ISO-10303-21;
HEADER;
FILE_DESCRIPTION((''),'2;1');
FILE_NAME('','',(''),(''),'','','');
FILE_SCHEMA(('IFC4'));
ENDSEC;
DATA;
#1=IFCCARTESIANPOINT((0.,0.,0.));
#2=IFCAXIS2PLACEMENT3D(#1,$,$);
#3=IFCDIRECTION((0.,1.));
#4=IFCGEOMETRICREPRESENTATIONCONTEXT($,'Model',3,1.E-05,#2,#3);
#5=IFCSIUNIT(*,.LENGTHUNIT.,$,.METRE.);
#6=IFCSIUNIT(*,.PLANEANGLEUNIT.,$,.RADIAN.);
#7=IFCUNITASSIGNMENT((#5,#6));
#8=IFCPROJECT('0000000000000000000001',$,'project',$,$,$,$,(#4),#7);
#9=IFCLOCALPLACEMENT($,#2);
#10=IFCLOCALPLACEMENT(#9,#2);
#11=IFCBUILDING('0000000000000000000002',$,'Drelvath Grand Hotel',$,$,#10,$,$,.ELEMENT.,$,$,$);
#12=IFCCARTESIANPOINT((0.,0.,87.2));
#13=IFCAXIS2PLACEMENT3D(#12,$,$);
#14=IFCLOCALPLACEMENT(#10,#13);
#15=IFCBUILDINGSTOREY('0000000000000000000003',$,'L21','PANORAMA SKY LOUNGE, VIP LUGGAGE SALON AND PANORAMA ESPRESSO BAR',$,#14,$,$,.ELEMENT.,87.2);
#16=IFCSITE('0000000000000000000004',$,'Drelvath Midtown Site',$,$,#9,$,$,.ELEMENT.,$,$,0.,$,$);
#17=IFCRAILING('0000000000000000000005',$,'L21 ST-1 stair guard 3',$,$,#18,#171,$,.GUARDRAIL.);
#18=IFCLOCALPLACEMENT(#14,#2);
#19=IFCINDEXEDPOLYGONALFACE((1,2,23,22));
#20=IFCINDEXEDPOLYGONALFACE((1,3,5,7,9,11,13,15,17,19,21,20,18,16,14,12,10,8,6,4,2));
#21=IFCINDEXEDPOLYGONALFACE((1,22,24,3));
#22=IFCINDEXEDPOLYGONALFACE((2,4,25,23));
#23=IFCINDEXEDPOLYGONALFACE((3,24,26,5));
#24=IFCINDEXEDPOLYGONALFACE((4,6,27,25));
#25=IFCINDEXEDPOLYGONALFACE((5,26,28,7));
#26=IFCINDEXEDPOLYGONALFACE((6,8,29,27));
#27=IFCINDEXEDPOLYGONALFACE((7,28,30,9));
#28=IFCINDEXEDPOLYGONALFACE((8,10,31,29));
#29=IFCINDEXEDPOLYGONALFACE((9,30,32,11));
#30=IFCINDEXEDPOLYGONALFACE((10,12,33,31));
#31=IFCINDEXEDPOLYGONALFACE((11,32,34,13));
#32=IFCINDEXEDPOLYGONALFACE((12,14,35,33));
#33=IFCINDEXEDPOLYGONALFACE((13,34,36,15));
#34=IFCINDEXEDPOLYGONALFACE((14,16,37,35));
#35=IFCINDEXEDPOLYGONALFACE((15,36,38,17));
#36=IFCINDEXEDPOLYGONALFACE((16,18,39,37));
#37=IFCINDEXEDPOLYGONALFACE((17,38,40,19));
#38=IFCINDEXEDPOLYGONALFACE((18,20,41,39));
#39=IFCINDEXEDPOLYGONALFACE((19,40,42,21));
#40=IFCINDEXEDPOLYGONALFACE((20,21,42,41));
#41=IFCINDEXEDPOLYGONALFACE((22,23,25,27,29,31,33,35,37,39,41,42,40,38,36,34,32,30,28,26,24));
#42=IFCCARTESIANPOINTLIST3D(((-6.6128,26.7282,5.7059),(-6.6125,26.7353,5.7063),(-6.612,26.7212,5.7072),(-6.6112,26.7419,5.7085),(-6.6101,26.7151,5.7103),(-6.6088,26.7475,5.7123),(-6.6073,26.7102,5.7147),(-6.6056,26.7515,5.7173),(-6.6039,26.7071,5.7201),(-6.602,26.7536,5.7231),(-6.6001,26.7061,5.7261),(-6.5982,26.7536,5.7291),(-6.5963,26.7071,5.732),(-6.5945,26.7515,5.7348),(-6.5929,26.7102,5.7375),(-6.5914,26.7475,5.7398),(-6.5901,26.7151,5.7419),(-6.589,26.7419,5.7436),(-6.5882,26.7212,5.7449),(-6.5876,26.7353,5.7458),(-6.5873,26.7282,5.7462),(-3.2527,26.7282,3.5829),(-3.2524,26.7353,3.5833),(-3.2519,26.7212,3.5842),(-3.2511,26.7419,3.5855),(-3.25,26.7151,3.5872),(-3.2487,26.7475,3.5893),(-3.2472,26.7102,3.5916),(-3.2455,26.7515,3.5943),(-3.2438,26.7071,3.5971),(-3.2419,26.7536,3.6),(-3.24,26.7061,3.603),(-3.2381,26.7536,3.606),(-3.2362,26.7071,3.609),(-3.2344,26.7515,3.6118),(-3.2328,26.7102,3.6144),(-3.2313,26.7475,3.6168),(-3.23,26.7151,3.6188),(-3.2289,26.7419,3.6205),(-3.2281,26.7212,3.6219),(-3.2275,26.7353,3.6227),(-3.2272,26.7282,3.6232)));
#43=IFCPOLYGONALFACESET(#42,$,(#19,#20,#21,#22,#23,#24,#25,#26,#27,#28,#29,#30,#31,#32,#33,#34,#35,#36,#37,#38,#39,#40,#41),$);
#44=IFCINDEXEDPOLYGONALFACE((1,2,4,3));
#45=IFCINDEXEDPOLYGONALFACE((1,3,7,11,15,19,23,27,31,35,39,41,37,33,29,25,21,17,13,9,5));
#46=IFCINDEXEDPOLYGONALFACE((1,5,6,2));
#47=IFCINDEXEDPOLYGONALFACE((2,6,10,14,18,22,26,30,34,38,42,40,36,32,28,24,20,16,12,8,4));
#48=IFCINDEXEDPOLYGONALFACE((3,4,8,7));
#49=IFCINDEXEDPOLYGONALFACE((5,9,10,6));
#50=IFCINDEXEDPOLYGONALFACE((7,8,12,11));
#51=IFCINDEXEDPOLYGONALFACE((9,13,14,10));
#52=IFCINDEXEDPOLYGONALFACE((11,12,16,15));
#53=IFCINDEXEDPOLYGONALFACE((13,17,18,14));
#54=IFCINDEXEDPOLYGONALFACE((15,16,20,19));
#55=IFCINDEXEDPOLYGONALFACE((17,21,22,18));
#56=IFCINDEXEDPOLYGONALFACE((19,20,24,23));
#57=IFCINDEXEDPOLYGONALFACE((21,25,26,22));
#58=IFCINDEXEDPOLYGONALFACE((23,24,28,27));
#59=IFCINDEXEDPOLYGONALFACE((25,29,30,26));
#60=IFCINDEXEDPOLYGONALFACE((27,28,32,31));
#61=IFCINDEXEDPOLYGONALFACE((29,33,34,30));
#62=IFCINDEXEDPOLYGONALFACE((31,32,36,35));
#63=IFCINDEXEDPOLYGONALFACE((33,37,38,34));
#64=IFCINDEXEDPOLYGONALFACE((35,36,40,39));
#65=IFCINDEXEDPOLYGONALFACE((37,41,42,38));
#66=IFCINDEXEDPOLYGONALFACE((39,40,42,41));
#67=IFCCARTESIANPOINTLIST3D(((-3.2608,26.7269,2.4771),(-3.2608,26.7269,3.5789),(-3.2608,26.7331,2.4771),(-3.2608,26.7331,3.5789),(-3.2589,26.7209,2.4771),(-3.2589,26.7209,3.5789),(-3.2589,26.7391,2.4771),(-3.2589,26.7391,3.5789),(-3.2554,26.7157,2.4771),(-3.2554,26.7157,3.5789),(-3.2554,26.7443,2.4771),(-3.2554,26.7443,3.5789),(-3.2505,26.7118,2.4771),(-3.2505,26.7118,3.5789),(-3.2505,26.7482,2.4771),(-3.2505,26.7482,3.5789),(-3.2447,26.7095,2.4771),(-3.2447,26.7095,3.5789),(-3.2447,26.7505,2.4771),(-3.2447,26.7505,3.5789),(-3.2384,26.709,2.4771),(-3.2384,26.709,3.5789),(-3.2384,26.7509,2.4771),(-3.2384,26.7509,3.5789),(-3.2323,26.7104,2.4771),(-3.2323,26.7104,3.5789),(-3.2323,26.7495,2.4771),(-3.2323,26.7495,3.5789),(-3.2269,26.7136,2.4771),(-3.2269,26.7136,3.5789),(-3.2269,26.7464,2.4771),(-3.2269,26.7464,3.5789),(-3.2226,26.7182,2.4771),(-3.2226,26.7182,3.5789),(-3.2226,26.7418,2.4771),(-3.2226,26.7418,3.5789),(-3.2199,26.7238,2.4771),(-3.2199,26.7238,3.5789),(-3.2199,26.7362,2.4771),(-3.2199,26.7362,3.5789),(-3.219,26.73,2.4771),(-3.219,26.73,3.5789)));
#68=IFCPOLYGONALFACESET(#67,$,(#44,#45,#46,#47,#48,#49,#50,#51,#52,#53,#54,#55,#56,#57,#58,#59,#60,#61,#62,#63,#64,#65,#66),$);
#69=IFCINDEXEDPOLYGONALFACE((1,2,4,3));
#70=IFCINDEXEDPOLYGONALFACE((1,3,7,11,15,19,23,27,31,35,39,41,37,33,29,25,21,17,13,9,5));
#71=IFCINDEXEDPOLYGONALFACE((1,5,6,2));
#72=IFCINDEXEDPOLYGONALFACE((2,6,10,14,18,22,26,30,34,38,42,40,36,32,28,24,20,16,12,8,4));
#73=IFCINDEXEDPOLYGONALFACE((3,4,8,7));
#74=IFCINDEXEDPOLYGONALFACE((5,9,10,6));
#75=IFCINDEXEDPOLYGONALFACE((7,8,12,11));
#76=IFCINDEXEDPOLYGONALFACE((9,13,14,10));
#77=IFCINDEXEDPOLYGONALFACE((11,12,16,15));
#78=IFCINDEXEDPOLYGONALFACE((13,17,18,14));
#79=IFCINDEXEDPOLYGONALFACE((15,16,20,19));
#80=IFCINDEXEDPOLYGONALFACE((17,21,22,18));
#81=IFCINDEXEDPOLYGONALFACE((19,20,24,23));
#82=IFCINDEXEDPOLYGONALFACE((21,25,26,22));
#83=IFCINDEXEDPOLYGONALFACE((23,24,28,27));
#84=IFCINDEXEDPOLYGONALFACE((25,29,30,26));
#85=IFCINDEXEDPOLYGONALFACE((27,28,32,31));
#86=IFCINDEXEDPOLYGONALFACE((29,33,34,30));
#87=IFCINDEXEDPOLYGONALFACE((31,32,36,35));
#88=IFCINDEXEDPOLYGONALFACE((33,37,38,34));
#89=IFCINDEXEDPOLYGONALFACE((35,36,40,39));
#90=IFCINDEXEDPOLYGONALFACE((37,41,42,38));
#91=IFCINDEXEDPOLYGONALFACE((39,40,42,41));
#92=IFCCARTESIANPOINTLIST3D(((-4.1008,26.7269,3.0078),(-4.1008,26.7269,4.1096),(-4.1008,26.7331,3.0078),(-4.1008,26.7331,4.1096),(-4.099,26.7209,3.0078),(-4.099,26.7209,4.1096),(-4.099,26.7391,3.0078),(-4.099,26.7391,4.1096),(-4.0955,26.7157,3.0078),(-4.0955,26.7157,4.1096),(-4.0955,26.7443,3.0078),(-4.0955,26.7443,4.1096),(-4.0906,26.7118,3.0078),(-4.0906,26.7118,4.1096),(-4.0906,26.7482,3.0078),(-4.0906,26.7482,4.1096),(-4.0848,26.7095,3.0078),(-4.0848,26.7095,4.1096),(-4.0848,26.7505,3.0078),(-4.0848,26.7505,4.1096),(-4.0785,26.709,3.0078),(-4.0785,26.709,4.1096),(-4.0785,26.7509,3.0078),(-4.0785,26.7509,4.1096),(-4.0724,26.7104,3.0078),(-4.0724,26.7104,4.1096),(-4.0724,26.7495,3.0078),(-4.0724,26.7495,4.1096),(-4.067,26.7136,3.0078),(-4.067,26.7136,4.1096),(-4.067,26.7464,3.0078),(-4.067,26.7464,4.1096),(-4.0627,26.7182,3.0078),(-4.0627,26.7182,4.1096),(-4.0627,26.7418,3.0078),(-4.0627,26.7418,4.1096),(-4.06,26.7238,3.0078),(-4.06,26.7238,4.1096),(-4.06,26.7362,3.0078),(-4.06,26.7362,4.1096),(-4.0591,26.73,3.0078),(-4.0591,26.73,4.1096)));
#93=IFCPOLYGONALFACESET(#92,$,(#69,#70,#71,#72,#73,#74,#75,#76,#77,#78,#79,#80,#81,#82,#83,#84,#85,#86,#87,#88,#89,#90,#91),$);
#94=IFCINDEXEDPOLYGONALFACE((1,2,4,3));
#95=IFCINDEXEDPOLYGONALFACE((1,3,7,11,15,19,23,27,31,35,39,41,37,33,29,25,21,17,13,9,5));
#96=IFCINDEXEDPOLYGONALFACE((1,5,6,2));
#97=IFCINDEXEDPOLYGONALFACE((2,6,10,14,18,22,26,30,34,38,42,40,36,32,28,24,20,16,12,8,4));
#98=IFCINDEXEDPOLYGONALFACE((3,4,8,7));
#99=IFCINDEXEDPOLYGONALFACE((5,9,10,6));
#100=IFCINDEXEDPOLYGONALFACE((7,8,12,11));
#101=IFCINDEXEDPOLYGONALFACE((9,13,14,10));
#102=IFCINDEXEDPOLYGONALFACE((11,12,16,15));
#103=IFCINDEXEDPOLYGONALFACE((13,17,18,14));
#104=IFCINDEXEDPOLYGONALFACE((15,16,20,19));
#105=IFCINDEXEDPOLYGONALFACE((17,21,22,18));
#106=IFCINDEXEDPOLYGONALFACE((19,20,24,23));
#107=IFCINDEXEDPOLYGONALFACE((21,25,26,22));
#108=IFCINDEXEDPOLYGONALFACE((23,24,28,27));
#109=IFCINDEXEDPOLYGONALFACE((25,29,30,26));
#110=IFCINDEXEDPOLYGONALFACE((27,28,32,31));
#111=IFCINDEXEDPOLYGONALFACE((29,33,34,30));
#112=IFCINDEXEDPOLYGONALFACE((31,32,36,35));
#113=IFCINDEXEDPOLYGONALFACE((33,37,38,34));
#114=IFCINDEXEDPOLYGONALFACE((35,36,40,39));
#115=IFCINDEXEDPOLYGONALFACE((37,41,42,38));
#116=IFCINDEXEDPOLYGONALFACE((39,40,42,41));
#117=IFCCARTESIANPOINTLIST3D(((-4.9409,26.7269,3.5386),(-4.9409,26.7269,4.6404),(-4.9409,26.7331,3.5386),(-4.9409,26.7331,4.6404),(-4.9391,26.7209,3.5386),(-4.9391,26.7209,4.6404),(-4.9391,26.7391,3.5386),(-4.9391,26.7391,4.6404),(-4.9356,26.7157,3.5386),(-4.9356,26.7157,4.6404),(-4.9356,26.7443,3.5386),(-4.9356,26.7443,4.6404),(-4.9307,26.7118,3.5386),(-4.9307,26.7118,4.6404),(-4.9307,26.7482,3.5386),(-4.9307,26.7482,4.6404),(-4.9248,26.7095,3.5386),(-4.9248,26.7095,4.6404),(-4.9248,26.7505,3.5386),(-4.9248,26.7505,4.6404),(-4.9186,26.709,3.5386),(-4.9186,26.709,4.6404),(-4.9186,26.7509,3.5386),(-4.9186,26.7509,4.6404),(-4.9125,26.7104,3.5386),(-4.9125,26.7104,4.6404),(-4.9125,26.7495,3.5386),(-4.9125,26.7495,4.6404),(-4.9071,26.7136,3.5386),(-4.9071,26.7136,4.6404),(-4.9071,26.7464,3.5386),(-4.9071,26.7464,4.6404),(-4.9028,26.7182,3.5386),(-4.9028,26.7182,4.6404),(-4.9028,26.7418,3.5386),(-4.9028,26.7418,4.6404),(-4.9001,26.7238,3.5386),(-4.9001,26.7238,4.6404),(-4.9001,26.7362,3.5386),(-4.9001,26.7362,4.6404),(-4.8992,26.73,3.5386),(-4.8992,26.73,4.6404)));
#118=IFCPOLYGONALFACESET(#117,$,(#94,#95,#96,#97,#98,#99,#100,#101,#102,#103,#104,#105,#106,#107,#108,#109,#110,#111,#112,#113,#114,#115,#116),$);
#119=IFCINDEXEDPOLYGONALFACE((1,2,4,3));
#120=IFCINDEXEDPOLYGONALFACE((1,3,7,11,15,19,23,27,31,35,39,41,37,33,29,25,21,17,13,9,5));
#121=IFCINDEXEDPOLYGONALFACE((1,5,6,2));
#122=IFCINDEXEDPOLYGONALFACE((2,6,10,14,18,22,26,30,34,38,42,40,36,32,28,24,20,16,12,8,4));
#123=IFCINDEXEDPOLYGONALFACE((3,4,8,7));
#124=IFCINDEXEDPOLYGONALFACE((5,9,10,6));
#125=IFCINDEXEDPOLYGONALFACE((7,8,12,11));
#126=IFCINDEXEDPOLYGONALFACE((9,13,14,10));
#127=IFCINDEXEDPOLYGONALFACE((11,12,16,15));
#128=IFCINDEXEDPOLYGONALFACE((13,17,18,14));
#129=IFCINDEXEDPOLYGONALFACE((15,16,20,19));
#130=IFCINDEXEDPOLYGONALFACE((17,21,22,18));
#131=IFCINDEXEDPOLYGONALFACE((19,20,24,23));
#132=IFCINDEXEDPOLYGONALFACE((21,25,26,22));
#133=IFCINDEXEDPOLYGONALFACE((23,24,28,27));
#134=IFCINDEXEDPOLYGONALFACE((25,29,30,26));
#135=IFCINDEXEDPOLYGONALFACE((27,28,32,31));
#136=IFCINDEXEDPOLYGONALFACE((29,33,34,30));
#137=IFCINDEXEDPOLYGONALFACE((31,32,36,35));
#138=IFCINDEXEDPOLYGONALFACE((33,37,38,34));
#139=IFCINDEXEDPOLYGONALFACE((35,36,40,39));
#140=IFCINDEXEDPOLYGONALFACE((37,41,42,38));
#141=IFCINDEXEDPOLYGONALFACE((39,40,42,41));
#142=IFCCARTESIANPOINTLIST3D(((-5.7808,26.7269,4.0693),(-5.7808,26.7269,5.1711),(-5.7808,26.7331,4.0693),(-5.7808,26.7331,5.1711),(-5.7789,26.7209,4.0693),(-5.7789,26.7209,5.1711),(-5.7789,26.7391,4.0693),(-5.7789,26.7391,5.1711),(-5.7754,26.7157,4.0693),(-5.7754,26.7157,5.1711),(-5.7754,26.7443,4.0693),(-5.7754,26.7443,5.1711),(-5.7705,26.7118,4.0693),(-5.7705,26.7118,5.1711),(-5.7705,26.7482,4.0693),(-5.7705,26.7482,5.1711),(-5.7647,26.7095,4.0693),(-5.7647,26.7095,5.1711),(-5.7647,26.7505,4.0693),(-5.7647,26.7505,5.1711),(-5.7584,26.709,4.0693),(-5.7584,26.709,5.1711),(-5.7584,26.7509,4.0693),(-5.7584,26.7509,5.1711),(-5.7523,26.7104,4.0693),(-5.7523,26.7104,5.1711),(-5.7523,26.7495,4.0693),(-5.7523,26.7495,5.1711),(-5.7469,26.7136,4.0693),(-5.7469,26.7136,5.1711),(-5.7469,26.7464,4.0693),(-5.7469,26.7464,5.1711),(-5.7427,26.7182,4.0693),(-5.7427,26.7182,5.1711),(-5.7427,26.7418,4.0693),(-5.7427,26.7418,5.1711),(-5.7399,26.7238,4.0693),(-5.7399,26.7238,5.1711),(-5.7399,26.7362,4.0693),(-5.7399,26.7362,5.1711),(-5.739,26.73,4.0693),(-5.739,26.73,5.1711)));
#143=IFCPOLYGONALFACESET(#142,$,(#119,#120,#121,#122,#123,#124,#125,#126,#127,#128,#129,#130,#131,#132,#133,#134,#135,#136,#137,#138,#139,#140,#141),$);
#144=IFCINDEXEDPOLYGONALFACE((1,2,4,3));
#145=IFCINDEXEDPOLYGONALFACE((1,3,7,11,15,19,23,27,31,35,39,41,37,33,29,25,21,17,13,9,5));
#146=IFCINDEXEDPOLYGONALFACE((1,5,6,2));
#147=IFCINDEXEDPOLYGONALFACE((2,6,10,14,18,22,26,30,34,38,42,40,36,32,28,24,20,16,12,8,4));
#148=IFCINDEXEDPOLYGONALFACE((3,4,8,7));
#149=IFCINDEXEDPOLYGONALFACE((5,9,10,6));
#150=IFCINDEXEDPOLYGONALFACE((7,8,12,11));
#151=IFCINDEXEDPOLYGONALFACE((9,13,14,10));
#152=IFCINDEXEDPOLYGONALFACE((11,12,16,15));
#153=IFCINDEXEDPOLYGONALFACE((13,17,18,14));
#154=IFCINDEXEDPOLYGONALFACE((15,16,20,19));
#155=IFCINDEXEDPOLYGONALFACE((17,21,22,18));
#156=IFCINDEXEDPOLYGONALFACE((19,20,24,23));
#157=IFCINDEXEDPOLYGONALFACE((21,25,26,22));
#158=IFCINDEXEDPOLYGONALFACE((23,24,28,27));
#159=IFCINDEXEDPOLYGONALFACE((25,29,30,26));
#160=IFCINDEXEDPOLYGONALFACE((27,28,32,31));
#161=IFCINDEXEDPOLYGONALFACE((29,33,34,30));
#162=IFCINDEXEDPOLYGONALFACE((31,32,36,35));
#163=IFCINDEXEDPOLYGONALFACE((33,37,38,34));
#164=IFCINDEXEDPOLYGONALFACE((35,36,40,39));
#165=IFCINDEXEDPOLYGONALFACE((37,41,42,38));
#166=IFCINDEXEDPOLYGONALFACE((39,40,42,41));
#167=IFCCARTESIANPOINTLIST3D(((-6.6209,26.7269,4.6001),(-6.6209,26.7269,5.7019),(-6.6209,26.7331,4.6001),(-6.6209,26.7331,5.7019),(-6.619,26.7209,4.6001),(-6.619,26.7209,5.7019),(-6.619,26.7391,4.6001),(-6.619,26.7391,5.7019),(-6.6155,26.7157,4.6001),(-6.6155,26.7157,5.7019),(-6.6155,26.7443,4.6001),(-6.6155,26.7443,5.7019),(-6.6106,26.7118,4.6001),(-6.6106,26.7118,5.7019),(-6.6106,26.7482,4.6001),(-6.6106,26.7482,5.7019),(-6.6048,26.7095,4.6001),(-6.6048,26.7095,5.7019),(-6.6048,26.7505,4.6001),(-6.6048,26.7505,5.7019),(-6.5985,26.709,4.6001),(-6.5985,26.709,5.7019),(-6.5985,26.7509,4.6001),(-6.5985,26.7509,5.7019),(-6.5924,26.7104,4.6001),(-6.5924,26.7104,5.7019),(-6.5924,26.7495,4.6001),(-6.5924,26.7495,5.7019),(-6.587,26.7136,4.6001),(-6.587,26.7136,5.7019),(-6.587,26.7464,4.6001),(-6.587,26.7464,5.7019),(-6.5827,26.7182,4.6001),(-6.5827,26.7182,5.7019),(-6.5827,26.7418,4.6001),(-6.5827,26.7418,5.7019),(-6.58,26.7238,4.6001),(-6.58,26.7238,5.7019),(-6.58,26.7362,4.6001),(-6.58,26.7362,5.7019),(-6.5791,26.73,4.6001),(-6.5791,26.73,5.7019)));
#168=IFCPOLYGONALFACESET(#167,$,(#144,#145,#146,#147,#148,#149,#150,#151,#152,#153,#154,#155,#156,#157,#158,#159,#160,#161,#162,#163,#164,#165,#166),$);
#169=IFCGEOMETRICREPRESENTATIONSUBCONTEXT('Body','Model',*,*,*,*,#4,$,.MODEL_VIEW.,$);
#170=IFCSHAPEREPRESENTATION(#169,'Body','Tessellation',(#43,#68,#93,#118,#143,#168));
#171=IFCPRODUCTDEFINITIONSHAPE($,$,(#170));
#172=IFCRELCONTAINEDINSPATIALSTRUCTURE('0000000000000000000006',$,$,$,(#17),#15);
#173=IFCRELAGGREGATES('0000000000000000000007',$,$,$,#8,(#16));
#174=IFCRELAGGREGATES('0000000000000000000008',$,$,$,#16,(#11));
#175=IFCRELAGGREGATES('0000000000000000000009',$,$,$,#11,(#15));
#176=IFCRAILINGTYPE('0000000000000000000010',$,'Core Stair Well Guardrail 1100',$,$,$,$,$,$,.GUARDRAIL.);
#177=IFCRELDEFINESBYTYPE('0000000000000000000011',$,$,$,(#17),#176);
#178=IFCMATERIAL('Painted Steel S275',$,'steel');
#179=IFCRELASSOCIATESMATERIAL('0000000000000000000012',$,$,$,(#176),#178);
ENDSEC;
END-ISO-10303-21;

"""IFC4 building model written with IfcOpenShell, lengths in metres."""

from ifc_helpers import new_model, si_unit, direction, frame, origin, origin_2d, place, context, subcontext, project, spatial, circle, extrude, material, type_object, element, save


model = new_model("IFC4")

# Units and contexts
model_context = context("Model", 3, precision=1e-05, world=origin(), true_north=direction((0.0, 1.0)))
body_context = subcontext(model_context, "Body", "Model", "MODEL_VIEW")
ifc_project = project(units=[si_unit("LENGTHUNIT", "METRE"), si_unit("PLANEANGLEUNIT", "RADIAN")], contexts=[model_context])

# Site, building, storey
site_placement = place(None, origin())
site = spatial("IfcSite", under=ifc_project, at=site_placement, Name="Drelvath Midtown Site", CompositionType="ELEMENT", RefElevation=0.0)
building_placement = place(site_placement, origin())
building = spatial("IfcBuilding", under=site, at=building_placement, Name="Drelvath Grand Hotel", CompositionType="ELEMENT")
storey_placement = place(building_placement, frame((0.0, 0.0, 87.2)))
storey = spatial("IfcBuildingStorey", under=building, at=storey_placement, Name="L21", Description="PANORAMA SKY LOUNGE, VIP LUGGAGE SALON AND PANORAMA ESPRESSO BAR", CompositionType="ELEMENT", Elevation=87.2)

# Shared definitions
ifc_material_1 = material(Name="Painted Steel S275", Category="steel")

# Railing
railing_type_1 = type_object("IfcRailingType", Name="Core Stair Well Guardrail 1100", PredefinedType="GUARDRAIL", material=ifc_material_1)
railing_1_placement = place(storey_placement, frame((-3.24, 26.73, 2.4771)))
element("IfcRailing", 1, at=railing_1_placement, inside=storey, type_object=railing_type_1, Name="L21 ST-1 stair guard 3", PredefinedType="GUARDRAIL", context=body_context, shape_type="SweptSolid", body=[
    extrude(circle(Radius=0.0239, at=origin_2d()), frame((0.0, 0.0, 1.126), z_axis=(-0.84539, 0.0, 0.53415), x_axis=(0.0, -1.0, 0.0)), (0.0, 0.0, 1.0), 3.9746),
    extrude(circle(Radius=0.021, at=origin_2d()), origin(), (0.0, 0.0, 1.0), 1.1018),
    extrude(circle(Radius=0.021, at=origin_2d()), frame((-0.8401, 0.0, 0.5308)), (0.0, 0.0, 1.0), 1.1018),
    extrude(circle(Radius=0.021, at=origin_2d()), frame((-1.6802, 0.0, 1.0615)), (0.0, 0.0, 1.0), 1.1018),
    extrude(circle(Radius=0.021, at=origin_2d()), frame((-2.52, 0.0, 1.5923)), (0.0, 0.0, 1.0), 1.1018),
    extrude(circle(Radius=0.021, at=origin_2d()), frame((-3.3601, 0.0, 2.123)), (0.0, 0.0, 1.0), 1.1018),
])

save(model, "model.ifc")
